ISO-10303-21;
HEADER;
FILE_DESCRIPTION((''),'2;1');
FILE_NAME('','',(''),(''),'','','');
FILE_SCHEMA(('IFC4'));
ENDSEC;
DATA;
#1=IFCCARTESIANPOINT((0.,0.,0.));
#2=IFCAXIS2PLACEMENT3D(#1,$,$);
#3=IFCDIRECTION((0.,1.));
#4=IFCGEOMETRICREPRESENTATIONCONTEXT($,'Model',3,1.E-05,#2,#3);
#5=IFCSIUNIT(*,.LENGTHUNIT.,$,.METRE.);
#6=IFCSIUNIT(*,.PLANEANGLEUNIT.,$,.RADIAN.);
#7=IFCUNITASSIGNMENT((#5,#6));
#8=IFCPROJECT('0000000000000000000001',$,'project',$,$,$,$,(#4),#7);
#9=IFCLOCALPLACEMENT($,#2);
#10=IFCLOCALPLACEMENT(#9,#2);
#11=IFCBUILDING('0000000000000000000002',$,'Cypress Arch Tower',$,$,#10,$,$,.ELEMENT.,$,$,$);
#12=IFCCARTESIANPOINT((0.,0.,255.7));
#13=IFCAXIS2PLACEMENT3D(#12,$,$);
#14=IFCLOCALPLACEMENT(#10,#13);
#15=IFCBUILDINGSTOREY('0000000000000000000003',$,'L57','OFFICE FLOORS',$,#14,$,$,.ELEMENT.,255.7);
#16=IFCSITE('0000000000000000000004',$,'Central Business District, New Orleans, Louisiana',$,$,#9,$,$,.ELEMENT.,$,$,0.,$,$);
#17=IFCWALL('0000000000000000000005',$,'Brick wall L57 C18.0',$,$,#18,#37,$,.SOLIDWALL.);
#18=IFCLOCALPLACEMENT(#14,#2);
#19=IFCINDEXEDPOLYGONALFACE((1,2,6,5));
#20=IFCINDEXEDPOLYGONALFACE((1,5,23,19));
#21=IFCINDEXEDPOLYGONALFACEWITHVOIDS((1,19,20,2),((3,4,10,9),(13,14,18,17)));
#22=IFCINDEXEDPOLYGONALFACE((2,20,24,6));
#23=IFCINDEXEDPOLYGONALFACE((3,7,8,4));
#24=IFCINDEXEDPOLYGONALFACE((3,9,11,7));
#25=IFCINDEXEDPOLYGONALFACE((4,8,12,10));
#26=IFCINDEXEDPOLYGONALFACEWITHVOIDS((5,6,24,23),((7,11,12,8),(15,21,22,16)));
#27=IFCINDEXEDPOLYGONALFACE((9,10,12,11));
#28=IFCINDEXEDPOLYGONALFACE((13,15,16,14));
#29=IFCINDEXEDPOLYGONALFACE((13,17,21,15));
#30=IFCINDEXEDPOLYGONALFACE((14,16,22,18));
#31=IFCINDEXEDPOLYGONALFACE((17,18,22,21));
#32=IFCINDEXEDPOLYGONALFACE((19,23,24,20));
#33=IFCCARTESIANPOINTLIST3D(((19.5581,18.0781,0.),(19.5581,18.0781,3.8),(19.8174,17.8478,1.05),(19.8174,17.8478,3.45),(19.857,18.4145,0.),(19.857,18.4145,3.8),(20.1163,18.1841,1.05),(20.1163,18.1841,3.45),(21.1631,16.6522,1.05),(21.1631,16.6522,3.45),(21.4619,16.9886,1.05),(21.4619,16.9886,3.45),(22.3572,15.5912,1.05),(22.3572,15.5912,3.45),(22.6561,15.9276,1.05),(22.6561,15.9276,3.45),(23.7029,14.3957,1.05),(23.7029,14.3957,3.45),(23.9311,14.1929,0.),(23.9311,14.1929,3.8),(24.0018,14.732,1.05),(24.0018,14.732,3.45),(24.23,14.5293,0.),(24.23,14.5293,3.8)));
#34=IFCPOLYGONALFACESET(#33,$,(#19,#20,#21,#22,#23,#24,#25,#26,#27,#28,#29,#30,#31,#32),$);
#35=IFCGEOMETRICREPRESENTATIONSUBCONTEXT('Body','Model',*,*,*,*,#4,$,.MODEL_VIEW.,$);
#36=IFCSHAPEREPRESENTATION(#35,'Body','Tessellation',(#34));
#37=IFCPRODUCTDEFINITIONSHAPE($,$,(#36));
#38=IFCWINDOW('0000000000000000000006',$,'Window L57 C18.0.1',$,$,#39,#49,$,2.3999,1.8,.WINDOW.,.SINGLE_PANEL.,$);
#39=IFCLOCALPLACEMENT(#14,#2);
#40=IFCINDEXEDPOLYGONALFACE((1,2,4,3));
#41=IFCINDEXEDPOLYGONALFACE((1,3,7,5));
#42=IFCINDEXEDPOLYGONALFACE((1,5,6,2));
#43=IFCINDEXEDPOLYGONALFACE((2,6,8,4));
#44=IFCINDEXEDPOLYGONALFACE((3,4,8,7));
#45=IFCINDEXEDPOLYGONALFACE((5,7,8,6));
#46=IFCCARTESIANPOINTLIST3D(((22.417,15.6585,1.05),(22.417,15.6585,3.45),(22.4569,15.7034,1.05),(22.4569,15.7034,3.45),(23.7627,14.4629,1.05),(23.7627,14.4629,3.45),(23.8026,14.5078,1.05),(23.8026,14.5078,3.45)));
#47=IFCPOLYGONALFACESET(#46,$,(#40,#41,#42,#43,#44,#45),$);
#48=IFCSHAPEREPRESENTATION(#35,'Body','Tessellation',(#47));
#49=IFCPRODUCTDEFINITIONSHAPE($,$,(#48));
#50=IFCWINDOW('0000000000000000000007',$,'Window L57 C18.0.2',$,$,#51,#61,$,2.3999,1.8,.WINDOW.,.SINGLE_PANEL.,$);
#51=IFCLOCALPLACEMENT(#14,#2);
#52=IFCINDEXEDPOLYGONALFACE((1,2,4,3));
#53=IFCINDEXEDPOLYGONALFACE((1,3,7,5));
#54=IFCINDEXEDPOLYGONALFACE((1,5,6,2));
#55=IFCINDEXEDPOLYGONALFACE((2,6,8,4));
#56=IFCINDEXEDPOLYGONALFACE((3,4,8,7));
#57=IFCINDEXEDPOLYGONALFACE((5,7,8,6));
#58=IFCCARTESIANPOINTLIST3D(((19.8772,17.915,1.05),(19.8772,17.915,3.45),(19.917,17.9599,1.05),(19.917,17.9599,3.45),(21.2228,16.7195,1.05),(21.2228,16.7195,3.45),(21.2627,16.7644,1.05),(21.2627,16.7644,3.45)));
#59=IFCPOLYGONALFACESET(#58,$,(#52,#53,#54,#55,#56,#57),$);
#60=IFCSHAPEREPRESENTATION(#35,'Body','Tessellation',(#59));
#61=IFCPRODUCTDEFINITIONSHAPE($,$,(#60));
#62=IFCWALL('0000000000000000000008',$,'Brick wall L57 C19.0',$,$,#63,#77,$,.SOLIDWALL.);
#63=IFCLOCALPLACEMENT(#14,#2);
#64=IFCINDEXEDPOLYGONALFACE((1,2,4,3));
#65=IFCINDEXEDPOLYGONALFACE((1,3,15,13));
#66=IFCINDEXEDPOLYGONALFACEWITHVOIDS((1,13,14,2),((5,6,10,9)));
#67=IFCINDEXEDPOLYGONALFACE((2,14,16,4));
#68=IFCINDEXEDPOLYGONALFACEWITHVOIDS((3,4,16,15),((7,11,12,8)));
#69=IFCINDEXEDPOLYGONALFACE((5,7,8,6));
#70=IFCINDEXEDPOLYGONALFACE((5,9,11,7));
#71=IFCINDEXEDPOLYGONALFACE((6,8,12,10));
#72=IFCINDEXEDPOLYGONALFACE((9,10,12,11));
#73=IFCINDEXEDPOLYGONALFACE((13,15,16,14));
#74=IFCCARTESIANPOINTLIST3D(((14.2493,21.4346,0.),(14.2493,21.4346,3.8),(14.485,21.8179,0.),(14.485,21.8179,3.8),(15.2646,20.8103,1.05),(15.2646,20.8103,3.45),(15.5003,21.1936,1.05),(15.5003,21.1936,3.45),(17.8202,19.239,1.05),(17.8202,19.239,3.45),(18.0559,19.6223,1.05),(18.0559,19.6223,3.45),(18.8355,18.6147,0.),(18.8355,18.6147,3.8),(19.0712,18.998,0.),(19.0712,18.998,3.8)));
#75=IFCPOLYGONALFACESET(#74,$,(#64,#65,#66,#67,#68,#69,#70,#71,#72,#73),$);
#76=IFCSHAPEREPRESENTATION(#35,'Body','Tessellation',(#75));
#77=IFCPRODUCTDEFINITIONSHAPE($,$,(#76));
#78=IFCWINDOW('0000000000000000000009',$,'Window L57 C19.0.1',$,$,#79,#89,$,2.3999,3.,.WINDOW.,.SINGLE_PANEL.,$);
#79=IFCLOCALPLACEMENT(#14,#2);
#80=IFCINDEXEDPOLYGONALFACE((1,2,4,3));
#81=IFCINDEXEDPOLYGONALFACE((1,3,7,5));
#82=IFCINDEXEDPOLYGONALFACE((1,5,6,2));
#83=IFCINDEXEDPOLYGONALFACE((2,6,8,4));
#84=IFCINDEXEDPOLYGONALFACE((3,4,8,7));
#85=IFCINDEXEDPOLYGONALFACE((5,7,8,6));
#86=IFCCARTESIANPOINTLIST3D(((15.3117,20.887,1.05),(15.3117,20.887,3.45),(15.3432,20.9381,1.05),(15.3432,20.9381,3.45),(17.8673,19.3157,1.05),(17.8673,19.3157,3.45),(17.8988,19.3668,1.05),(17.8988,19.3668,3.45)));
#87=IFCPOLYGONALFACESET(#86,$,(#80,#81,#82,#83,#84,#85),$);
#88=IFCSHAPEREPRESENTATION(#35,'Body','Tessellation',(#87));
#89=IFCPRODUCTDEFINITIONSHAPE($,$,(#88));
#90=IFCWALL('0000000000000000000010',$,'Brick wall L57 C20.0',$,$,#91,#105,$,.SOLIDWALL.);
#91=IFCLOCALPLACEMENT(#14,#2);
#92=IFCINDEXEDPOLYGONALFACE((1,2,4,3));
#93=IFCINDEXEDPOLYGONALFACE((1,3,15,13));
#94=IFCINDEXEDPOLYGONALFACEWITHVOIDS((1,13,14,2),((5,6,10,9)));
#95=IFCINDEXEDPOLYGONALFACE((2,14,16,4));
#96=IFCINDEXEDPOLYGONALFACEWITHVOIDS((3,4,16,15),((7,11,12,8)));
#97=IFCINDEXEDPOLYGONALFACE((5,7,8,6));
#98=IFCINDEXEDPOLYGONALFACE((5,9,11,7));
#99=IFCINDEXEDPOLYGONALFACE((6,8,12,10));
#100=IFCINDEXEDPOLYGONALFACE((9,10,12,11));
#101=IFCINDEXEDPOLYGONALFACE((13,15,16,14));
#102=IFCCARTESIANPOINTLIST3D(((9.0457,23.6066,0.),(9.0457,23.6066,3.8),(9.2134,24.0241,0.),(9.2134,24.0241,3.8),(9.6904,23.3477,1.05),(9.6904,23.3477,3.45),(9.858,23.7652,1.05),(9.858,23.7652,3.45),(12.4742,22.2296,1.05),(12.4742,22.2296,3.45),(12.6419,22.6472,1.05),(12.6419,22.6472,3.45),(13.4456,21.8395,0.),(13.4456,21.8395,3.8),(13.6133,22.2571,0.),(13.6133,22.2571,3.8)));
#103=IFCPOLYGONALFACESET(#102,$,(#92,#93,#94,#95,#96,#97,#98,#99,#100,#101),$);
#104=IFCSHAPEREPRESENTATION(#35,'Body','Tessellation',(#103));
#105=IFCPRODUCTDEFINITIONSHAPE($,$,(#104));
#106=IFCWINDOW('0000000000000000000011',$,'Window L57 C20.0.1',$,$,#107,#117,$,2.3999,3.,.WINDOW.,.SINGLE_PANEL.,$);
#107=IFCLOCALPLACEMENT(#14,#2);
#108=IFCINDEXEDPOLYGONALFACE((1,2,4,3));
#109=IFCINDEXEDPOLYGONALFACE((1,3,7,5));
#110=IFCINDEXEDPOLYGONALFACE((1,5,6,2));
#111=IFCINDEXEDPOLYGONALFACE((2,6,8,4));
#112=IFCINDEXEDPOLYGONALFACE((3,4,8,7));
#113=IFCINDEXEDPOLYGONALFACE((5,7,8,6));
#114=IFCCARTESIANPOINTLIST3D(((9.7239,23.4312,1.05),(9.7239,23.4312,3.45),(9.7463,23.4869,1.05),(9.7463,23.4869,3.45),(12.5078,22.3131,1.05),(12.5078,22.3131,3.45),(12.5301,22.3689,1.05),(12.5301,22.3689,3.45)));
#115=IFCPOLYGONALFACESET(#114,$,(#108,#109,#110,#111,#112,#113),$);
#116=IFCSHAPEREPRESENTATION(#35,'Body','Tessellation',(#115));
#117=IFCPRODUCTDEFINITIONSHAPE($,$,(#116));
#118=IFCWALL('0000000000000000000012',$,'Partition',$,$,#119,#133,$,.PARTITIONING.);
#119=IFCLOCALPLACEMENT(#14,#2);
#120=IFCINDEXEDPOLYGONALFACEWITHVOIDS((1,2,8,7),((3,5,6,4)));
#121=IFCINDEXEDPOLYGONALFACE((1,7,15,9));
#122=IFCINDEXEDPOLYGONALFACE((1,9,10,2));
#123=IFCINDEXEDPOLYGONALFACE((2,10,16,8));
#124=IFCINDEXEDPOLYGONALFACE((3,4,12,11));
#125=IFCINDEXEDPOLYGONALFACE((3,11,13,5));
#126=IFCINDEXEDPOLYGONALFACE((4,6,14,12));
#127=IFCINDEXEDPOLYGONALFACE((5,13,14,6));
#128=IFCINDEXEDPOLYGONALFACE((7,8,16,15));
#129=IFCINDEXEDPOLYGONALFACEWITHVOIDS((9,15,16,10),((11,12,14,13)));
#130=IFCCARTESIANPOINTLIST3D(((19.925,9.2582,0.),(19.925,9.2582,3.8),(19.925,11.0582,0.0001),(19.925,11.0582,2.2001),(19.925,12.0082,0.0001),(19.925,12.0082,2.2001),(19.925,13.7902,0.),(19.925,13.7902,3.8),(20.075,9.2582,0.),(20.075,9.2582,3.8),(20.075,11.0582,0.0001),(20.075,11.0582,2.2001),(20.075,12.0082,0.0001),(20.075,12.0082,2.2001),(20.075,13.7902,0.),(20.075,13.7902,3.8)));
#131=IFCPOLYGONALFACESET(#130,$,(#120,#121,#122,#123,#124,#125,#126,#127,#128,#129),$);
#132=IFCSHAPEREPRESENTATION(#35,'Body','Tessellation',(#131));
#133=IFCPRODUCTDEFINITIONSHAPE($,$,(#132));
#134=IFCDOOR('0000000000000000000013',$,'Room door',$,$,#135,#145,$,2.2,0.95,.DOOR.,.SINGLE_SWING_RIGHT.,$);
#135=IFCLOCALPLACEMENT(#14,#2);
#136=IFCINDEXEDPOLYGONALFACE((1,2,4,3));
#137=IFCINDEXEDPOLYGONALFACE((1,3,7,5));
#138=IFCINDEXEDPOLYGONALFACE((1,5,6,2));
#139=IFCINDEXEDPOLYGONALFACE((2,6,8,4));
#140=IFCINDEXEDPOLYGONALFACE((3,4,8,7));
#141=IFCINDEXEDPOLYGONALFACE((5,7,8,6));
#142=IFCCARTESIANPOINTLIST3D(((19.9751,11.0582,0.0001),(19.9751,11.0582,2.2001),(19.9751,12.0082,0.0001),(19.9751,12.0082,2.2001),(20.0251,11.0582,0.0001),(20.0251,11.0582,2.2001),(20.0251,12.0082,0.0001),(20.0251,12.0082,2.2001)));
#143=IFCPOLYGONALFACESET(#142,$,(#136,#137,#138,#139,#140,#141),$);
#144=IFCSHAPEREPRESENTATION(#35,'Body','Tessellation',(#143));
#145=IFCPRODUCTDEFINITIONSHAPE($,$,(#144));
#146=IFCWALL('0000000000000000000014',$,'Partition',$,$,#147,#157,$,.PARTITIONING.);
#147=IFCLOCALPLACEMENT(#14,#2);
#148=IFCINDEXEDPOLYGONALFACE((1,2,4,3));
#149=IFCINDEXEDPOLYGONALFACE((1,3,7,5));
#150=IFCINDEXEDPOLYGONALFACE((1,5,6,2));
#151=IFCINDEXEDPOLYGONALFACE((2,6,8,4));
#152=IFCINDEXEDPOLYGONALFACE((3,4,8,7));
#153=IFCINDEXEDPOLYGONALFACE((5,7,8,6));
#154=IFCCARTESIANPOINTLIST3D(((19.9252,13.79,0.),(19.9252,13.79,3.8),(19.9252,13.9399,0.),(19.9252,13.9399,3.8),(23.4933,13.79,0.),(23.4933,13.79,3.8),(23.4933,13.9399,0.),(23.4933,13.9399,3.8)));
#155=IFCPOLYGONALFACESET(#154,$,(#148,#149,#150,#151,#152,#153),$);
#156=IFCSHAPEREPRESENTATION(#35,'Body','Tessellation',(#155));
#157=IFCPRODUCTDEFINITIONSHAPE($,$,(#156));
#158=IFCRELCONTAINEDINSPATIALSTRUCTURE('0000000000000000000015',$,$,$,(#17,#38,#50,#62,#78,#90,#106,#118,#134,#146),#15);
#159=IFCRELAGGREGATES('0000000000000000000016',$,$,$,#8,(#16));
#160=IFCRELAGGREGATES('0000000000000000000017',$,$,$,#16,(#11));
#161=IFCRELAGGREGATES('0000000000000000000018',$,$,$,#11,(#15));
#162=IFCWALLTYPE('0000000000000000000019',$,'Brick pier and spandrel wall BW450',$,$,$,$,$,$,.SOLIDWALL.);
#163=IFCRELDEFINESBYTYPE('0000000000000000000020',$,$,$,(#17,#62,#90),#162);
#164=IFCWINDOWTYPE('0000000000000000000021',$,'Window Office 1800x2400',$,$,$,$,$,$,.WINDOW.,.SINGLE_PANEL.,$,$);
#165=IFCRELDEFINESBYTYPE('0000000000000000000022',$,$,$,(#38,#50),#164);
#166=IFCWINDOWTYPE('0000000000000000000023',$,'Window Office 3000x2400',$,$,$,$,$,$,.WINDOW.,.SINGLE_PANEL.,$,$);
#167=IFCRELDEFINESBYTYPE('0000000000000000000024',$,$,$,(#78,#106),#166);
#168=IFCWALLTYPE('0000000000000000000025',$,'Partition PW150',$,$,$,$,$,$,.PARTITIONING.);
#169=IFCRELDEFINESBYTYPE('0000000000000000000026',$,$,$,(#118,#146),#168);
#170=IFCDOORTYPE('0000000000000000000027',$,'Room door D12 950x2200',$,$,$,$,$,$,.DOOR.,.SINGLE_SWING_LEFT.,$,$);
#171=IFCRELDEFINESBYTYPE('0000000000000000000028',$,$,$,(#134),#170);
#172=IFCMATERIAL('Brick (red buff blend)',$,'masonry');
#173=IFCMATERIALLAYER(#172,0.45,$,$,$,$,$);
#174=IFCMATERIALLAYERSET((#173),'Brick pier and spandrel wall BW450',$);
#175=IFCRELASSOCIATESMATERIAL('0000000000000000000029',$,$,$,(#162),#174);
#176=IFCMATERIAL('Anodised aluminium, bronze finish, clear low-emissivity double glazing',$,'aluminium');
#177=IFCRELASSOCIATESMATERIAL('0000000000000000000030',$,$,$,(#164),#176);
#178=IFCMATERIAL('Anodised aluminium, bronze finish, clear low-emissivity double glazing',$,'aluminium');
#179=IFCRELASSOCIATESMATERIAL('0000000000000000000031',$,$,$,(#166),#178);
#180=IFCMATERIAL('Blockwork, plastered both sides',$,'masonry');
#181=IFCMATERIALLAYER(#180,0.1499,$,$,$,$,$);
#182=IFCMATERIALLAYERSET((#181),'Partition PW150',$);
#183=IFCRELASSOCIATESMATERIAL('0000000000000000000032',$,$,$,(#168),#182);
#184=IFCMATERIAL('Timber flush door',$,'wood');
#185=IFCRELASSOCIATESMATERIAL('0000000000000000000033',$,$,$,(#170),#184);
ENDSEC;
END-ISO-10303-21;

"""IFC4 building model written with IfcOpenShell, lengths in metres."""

from ifc_helpers import new_model, si_unit, direction, frame, frame_2d, origin, place, context, subcontext, project, spatial, rectangle, extrude, material, layer, layer_set, type_object, element, fill, save


model = new_model("IFC4")

# Units and contexts
model_context = context("Model", 3, precision=1e-05, world=origin(), true_north=direction((0.0, 1.0)))
body_context = subcontext(model_context, "Body", "Model", "MODEL_VIEW")
ifc_project = project(units=[si_unit("LENGTHUNIT", "METRE"), si_unit("PLANEANGLEUNIT", "RADIAN")], contexts=[model_context])

# Site, building, storey
site_placement = place(None, origin())
site = spatial("IfcSite", under=ifc_project, at=site_placement, Name="Central Business District, New Orleans, Louisiana", CompositionType="ELEMENT", RefElevation=0.0)
building_placement = place(site_placement, origin())
building = spatial("IfcBuilding", under=site, at=building_placement, Name="Cypress Arch Tower", CompositionType="ELEMENT")
storey_placement = place(building_placement, frame((0.0, 0.0, 255.7)))
storey = spatial("IfcBuildingStorey", under=building, at=storey_placement, Name="L57", Description="OFFICE FLOORS", CompositionType="ELEMENT", Elevation=255.7)

# Wall, openings, windows
ifc_material_1 = material(Name="Brick (red buff blend)", Category="masonry")
ifc_layer_1 = layer(ifc_material_1, 0.45)
ifc_layer_set_1 = layer_set([ifc_layer_1], Name="Brick pier and spandrel wall BW450")
wall_type_1 = type_object("IfcWallType", Name="Brick pier and spandrel wall BW450", PredefinedType="SOLIDWALL", material=ifc_layer_set_1)
wall_1_placement = place(storey_placement, frame((24.0806, 14.3611, 0.0), z_axis=(0.0, 0.0, 1.0), x_axis=(-0.74757, 0.664182, 0.0)))
wall_1 = element("IfcWall", 1, at=wall_1_placement, inside=storey, type_object=wall_type_1, Name="Brick wall L57 C18.0", PredefinedType="SOLIDWALL", context=body_context, shape_type="SweptSolid", body=[
    extrude(rectangle(XDim=5.8496, YDim=0.45, at=frame_2d((2.9248, 0.0))), origin(), (0.0, 0.0, 1.0), 3.8),
])
opening_1_placement = place(wall_1_placement, frame((0.3054, 0.0, 1.05)))
opening_1 = element("IfcOpeningElement", 2, at=opening_1_placement, cuts=wall_1, PredefinedType="OPENING", context=body_context, shape_type="SweptSolid", body=[
    extrude(rectangle(XDim=1.8, YDim=2.3999, at=frame_2d((0.8999, 1.2))), frame((0.0, 0.2349, 0.0), z_axis=(0.0, -1.0, 0.0), x_axis=(1.0, 0.0, 0.0)), (0.0, 0.0, 1.0), 0.47),
])
opening_2_placement = place(wall_1_placement, frame((3.7029, 0.0, 1.05)))
opening_2 = element("IfcOpeningElement", 3, at=opening_2_placement, cuts=wall_1, PredefinedType="OPENING", context=body_context, shape_type="SweptSolid", body=[
    extrude(rectangle(XDim=1.8, YDim=2.3999, at=frame_2d((0.8999, 1.2))), frame((0.0, 0.2349, 0.0), z_axis=(0.0, -1.0, 0.0), x_axis=(1.0, 0.0, 0.0)), (0.0, 0.0, 1.0), 0.47),
])
ifc_material_2 = material(Name="Anodised aluminium, bronze finish, clear low-emissivity double glazing", Category="aluminium")
window_type_1 = type_object("IfcWindowType", Name="Window Office 1800x2400", PartitioningType="SINGLE_PANEL", PredefinedType="WINDOW", material=ifc_material_2)
window_1_placement = place(opening_1_placement, origin())
window_1 = element("IfcWindow", 4, at=window_1_placement, inside=storey, type_object=window_type_1, Name="Window L57 C18.0.1", OverallHeight=2.3999, OverallWidth=1.8, PartitioningType="SINGLE_PANEL", PredefinedType="WINDOW", context=body_context, shape_type="SweptSolid", body=[
    extrude(rectangle(XDim=1.8, YDim=2.3999, at=frame_2d((0.8999, 1.2))), frame((0.0, 0.135, 0.0), z_axis=(0.0, -1.0, 0.0), x_axis=(1.0, 0.0, 0.0)), (0.0, 0.0, 1.0), 0.0601),
])
fill(opening_1, window_1)
window_2_placement = place(opening_2_placement, origin())
window_2 = element("IfcWindow", 5, at=window_2_placement, inside=storey, type_object=window_type_1, Name="Window L57 C18.0.2", OverallHeight=2.3999, OverallWidth=1.8, PartitioningType="SINGLE_PANEL", PredefinedType="WINDOW", context=body_context, shape_type="SweptSolid", body=[
    extrude(rectangle(XDim=1.8, YDim=2.3999, at=frame_2d((0.8999, 1.2))), frame((0.0, 0.135, 0.0), z_axis=(0.0, -1.0, 0.0), x_axis=(1.0, 0.0, 0.0)), (0.0, 0.0, 1.0), 0.0601),
])
fill(opening_2, window_2)

# Walls, openings, windows
wall_2_placement = place(storey_placement, frame((18.9534, 18.8064, 0.0), z_axis=(0.0, 0.0, 1.0), x_axis=(-0.851861, 0.523768, 0.0)))
wall_2 = element("IfcWall", 6, at=wall_2_placement, inside=storey, type_object=wall_type_1, Name="Brick wall L57 C19.0", PredefinedType="SOLIDWALL", context=body_context, shape_type="SweptSolid", body=[
    extrude(rectangle(XDim=5.3838, YDim=0.45, at=frame_2d((2.6919, 0.0))), origin(), (0.0, 0.0, 1.0), 3.8),
])
opening_3_placement = place(wall_2_placement, frame((1.1919, 0.0, 1.05)))
opening_3 = element("IfcOpeningElement", 7, at=opening_3_placement, cuts=wall_2, PredefinedType="OPENING", context=body_context, shape_type="SweptSolid", body=[
    extrude(rectangle(XDim=3.0, YDim=2.3999, at=frame_2d((1.5, 1.2))), frame((0.0, 0.2349, 0.0), z_axis=(0.0, -1.0, 0.0), x_axis=(1.0, 0.0, 0.0)), (0.0, 0.0, 1.0), 0.47),
])
ifc_material_3 = material(Name="Anodised aluminium, bronze finish, clear low-emissivity double glazing", Category="aluminium")
window_type_2 = type_object("IfcWindowType", Name="Window Office 3000x2400", PartitioningType="SINGLE_PANEL", PredefinedType="WINDOW", material=ifc_material_3)
window_3_placement = place(opening_3_placement, origin())
window_3 = element("IfcWindow", 8, at=window_3_placement, inside=storey, type_object=window_type_2, Name="Window L57 C19.0.1", OverallHeight=2.3999, OverallWidth=3.0, PartitioningType="SINGLE_PANEL", PredefinedType="WINDOW", context=body_context, shape_type="SweptSolid", body=[
    extrude(rectangle(XDim=3.0, YDim=2.3999, at=frame_2d((1.5, 1.2))), frame((0.0, 0.135, 0.0), z_axis=(0.0, -1.0, 0.0), x_axis=(1.0, 0.0, 0.0)), (0.0, 0.0, 1.0), 0.0601),
])
fill(opening_3, window_3)
wall_3_placement = place(storey_placement, frame((13.5293, 22.0483, 0.0), z_axis=(0.0, 0.0, 1.0), x_axis=(-0.927957, 0.372686, 0.0)))
wall_3 = element("IfcWall", 9, at=wall_3_placement, inside=storey, type_object=wall_type_1, Name="Brick wall L57 C20.0", PredefinedType="SOLIDWALL", context=body_context, shape_type="SweptSolid", body=[
    extrude(rectangle(XDim=4.7415, YDim=0.45, at=frame_2d((2.3706, 0.0))), origin(), (0.0, 0.0, 1.0), 3.8),
])
opening_4_placement = place(wall_3_placement, frame((1.0466, 0.0, 1.05)))
opening_4 = element("IfcOpeningElement", 10, at=opening_4_placement, cuts=wall_3, PredefinedType="OPENING", context=body_context, shape_type="SweptSolid", body=[
    extrude(rectangle(XDim=3.0, YDim=2.3999, at=frame_2d((1.5, 1.2))), frame((0.0, 0.2349, 0.0), z_axis=(0.0, -1.0, 0.0), x_axis=(1.0, 0.0, 0.0)), (0.0, 0.0, 1.0), 0.47),
])
window_4_placement = place(opening_4_placement, origin())
window_4 = element("IfcWindow", 11, at=window_4_placement, inside=storey, type_object=window_type_2, Name="Window L57 C20.0.1", OverallHeight=2.3999, OverallWidth=3.0, PartitioningType="SINGLE_PANEL", PredefinedType="WINDOW", context=body_context, shape_type="SweptSolid", body=[
    extrude(rectangle(XDim=3.0, YDim=2.3999, at=frame_2d((1.5, 1.2))), frame((0.0, 0.135, 0.0), z_axis=(0.0, -1.0, 0.0), x_axis=(1.0, 0.0, 0.0)), (0.0, 0.0, 1.0), 0.0601),
])
fill(opening_4, window_4)

# Wall, opening, door
ifc_material_4 = material(Name="Blockwork, plastered both sides", Category="masonry")
ifc_layer_2 = layer(ifc_material_4, 0.1499)
ifc_layer_set_2 = layer_set([ifc_layer_2], Name="Partition PW150")
wall_type_2 = type_object("IfcWallType", Name="Partition PW150", PredefinedType="PARTITIONING", material=ifc_layer_set_2)
wall_4_placement = place(storey_placement, frame((20.0, 9.2581, 0.0), z_axis=(0.0, 0.0, 1.0), x_axis=(0.0, 1.0, 0.0)))
wall_4 = element("IfcWall", 12, at=wall_4_placement, inside=storey, type_object=wall_type_2, Name="Partition", PredefinedType="PARTITIONING", context=body_context, shape_type="SweptSolid", body=[
    extrude(rectangle(XDim=4.532, YDim=0.1499, at=frame_2d((2.2661, 0.0))), origin(), (0.0, 0.0, 1.0), 3.8),
])
opening_5_placement = place(wall_4_placement, frame((1.8, 0.0, 0.0)))
opening_5 = element("IfcOpeningElement", 13, at=opening_5_placement, cuts=wall_4, PredefinedType="OPENING", context=body_context, shape_type="SweptSolid", body=[
    extrude(rectangle(XDim=0.95, YDim=2.2, at=frame_2d((0.4751, 1.1001))), frame((0.0, 0.085, 0.0), z_axis=(0.0, -1.0, 0.0), x_axis=(1.0, 0.0, 0.0)), (0.0, 0.0, 1.0), 0.1699),
])
ifc_material_5 = material(Name="Timber flush door", Category="wood")
door_type_1 = type_object("IfcDoorType", Name="Room door D12 950x2200", OperationType="SINGLE_SWING_LEFT", PredefinedType="DOOR", material=ifc_material_5)
door_1_placement = place(opening_5_placement, origin())
door_1 = element("IfcDoor", 14, at=door_1_placement, inside=storey, type_object=door_type_1, Name="Room door", OperationType="SINGLE_SWING_RIGHT", OverallHeight=2.2, OverallWidth=0.95, PredefinedType="DOOR", context=body_context, shape_type="SweptSolid", body=[
    extrude(rectangle(XDim=0.95, YDim=2.2, at=frame_2d((0.4751, 1.1001))), frame((0.0, 0.0249, 0.0), z_axis=(0.0, -1.0, 0.0), x_axis=(1.0, 0.0, 0.0)), (0.0, 0.0, 1.0), 0.05),
])
fill(opening_5, door_1)

# Wall
wall_5_placement = place(storey_placement, frame((19.925, 13.865, 0.0), z_axis=(0.0, 0.0, 1.0), x_axis=(1.0, 0.0, 0.0)))
element("IfcWall", 15, at=wall_5_placement, inside=storey, type_object=wall_type_2, Name="Partition", PredefinedType="PARTITIONING", context=body_context, shape_type="SweptSolid", body=[
    extrude(rectangle(XDim=3.5681, YDim=0.1499, at=frame_2d((1.7842, 0.0))), origin(), (0.0, 0.0, 1.0), 3.8),
])

save(model, "model.ifc")
